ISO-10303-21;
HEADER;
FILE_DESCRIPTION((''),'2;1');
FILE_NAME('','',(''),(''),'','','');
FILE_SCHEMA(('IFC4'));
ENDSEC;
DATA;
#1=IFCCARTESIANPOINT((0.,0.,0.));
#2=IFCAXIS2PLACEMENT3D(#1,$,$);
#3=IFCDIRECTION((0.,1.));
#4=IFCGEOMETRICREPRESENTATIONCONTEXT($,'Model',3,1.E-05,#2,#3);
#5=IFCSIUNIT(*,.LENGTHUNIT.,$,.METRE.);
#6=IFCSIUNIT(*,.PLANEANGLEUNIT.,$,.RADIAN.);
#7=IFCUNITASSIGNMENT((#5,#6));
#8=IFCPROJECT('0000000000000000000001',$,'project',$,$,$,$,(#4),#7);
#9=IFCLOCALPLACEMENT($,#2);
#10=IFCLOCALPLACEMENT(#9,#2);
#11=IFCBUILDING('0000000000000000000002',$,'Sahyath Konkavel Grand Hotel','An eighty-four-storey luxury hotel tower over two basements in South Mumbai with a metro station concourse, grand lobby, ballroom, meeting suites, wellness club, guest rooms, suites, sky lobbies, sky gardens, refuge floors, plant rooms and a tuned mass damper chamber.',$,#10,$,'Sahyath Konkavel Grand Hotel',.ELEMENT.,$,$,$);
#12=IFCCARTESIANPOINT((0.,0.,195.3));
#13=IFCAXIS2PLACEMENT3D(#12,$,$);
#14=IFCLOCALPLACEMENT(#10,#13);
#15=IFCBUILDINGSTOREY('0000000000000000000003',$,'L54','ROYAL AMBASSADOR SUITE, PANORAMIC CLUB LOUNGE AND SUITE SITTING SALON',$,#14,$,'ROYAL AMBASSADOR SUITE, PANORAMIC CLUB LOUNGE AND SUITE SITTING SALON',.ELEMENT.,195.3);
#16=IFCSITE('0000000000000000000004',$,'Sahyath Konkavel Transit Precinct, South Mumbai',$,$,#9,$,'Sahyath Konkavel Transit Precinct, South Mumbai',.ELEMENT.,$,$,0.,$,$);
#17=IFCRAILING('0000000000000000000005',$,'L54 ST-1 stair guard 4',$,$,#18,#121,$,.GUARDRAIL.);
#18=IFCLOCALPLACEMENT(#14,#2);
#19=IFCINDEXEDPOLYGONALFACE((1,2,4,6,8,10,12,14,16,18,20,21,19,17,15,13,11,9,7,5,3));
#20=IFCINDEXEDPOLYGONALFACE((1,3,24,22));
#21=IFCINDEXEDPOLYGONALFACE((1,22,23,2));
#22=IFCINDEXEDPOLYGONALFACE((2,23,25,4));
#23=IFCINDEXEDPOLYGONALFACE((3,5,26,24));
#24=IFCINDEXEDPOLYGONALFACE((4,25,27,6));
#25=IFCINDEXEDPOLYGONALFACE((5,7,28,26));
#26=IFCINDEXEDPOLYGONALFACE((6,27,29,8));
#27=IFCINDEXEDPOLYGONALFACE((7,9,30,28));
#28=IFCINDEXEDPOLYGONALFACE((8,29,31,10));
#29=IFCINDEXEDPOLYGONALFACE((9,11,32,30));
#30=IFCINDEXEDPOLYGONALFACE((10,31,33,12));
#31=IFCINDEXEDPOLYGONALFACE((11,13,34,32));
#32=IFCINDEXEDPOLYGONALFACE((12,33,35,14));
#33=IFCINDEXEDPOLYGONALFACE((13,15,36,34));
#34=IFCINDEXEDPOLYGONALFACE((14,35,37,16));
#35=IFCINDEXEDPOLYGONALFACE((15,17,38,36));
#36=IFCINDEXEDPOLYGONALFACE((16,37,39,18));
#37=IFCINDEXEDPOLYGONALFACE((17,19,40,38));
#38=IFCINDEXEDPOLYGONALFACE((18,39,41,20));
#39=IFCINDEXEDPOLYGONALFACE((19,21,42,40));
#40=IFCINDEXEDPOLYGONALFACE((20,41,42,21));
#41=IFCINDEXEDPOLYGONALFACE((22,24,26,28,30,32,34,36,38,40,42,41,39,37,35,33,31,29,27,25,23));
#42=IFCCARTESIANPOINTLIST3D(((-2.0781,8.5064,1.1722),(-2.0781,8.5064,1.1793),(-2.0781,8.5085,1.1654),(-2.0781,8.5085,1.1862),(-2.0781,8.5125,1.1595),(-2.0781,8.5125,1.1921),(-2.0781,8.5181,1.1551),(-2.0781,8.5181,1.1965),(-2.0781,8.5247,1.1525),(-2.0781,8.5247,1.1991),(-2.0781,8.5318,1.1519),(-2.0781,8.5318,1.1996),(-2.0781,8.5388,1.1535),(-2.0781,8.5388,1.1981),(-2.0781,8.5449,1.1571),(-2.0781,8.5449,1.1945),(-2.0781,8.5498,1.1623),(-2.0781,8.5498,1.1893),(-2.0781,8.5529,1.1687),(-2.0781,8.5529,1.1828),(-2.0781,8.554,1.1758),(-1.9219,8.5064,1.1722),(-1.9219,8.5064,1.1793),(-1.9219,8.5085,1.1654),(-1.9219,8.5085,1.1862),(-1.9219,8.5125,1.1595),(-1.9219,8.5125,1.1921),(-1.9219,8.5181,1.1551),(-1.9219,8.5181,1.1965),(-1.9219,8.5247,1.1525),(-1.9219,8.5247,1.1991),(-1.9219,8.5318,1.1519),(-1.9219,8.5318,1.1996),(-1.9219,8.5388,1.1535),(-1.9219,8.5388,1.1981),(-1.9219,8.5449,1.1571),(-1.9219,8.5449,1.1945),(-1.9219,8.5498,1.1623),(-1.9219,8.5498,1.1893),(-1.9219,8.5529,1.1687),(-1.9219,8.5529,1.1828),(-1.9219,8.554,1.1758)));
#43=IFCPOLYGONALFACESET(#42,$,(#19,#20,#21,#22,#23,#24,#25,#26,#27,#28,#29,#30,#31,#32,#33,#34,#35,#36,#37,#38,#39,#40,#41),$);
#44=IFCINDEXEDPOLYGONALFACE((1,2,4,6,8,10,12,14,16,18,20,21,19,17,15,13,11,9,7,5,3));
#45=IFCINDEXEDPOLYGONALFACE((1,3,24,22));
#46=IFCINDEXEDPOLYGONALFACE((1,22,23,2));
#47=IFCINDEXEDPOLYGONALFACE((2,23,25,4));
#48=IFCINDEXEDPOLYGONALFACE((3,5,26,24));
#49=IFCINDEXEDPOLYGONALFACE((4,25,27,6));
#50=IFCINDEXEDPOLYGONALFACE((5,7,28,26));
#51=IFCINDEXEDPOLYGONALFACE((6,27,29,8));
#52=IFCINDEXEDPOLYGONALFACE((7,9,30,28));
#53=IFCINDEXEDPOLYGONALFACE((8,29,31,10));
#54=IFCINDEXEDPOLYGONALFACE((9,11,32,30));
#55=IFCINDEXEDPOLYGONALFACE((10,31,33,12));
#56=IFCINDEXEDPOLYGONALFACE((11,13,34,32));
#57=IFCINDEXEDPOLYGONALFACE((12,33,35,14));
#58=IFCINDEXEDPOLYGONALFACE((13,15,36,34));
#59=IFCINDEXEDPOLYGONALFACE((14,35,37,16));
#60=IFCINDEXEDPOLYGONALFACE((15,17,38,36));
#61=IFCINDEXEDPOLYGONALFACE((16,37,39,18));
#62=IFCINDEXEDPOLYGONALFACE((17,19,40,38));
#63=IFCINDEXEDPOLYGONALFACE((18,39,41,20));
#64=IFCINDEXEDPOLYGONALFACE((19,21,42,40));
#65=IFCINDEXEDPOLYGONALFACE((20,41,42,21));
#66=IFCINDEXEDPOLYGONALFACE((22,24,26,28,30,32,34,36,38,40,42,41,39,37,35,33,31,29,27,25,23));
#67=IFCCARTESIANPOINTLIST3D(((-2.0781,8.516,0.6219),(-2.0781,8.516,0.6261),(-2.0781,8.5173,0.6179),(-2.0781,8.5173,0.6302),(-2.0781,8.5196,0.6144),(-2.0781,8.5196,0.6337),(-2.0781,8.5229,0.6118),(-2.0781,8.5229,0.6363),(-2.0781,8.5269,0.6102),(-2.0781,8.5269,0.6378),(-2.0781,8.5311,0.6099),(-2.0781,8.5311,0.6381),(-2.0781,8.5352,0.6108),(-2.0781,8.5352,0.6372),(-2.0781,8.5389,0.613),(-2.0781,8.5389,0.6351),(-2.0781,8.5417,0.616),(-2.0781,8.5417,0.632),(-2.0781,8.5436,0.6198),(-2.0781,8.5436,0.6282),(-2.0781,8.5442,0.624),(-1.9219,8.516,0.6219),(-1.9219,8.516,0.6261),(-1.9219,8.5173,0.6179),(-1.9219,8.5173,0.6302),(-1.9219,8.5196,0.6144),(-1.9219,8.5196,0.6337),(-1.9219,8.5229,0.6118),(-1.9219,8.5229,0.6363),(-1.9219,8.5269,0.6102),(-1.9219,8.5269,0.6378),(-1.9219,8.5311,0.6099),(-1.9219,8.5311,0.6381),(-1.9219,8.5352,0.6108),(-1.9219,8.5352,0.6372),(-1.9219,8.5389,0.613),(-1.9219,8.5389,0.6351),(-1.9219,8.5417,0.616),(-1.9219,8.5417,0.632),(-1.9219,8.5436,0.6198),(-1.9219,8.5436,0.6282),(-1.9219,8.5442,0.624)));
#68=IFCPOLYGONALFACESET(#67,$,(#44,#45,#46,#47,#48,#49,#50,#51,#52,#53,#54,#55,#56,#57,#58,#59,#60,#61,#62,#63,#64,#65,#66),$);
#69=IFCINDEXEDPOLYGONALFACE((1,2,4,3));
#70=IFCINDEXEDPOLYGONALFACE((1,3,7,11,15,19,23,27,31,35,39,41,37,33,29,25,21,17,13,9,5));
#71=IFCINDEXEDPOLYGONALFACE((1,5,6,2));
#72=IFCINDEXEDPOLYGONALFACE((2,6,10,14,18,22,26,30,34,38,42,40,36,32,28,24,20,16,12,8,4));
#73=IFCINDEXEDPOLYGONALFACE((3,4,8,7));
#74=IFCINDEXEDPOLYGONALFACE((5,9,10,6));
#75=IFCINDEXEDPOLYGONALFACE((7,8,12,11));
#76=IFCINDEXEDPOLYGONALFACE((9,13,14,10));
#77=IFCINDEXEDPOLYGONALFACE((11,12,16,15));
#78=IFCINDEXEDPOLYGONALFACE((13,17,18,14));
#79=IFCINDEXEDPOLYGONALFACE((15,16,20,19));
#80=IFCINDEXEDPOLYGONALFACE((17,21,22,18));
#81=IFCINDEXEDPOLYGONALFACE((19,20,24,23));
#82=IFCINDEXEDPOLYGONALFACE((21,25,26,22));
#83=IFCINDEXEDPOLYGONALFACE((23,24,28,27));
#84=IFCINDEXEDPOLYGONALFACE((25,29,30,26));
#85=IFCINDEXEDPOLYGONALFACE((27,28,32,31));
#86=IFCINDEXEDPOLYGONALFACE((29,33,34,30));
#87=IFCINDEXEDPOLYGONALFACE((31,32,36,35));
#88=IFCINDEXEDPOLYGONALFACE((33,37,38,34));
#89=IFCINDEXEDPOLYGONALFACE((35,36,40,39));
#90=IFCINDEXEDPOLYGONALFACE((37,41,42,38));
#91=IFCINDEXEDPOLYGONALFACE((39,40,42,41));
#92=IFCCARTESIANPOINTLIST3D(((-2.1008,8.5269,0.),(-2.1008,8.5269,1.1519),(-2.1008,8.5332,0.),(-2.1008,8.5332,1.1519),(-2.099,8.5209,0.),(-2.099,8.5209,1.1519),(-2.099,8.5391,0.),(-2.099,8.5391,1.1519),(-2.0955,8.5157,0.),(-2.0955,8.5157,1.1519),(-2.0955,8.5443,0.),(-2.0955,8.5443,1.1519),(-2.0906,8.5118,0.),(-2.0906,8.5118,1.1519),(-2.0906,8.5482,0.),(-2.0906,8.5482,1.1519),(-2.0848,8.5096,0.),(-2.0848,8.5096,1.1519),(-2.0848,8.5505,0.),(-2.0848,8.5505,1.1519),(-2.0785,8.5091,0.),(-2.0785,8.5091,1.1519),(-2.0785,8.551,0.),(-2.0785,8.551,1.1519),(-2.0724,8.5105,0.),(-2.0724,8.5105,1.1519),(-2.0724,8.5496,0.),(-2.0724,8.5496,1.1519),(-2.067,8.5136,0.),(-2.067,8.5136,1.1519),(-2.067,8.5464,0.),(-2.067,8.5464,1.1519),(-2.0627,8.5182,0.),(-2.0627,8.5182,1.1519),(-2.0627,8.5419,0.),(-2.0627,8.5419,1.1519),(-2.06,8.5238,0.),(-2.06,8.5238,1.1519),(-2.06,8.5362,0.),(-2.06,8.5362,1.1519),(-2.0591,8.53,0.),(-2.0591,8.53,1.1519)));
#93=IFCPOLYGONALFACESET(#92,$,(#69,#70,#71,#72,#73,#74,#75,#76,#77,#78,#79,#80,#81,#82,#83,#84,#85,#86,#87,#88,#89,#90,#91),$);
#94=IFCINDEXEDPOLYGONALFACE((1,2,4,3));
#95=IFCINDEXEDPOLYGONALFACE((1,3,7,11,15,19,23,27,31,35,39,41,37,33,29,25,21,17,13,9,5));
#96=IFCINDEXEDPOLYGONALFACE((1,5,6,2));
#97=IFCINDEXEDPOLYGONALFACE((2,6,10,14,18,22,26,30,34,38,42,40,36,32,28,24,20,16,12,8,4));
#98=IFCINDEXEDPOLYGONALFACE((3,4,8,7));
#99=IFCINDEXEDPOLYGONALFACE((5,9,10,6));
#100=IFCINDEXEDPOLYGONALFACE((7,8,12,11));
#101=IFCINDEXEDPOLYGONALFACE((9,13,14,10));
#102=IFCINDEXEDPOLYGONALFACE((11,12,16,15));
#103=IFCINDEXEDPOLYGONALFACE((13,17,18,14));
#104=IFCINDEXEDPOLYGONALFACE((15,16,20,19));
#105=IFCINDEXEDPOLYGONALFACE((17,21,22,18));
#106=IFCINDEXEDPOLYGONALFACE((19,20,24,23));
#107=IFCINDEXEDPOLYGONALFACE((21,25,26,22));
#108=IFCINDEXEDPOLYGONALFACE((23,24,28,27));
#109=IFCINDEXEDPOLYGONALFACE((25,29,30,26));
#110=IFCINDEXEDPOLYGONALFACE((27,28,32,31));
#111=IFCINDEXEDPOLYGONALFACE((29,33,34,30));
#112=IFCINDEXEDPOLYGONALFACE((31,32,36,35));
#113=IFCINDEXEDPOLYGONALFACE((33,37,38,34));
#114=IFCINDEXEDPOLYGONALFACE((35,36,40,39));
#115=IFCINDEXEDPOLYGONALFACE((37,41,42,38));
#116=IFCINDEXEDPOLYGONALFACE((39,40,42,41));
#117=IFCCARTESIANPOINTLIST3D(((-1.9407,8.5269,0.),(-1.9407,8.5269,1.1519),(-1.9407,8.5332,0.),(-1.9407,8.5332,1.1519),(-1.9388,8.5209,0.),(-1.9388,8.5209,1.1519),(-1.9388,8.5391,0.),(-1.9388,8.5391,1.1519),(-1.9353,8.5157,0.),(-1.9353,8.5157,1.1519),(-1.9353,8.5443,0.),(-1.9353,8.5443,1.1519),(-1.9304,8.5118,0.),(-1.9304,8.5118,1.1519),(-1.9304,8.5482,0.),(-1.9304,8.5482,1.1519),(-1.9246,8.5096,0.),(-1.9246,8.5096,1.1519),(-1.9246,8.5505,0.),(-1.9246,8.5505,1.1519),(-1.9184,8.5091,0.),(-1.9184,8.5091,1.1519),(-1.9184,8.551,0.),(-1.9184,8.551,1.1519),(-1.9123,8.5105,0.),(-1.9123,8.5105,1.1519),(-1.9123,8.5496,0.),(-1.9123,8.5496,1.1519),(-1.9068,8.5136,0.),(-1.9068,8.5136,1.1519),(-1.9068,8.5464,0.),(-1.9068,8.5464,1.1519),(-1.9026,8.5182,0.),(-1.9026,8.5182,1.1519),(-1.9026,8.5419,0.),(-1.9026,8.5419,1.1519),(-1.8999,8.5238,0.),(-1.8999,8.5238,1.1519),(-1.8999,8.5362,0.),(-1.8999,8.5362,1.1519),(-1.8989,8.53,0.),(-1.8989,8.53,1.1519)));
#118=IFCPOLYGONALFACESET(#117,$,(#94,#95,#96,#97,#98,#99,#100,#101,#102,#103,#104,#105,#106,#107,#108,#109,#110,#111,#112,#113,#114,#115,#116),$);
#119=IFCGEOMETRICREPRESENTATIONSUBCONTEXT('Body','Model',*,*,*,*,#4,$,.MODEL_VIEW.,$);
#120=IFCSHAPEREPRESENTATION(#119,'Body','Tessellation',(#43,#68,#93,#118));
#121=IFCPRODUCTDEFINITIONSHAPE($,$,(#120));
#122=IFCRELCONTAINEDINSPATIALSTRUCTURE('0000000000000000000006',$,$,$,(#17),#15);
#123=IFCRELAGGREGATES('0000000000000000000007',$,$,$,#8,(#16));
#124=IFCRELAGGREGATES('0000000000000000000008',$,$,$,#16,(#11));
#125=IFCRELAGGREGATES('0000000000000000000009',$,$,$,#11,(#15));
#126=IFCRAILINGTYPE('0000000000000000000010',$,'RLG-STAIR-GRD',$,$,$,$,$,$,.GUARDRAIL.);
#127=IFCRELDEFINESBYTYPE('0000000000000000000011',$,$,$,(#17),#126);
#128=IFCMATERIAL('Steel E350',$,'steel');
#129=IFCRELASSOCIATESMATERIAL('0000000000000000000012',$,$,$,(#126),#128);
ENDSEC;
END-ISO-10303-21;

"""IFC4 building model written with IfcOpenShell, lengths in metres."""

from ifc_helpers import new_model, si_unit, direction, frame, origin, origin_2d, place, context, subcontext, project, spatial, circle, extrude, material, type_object, element, save


model = new_model("IFC4")

# Units and contexts
model_context = context("Model", 3, precision=1e-05, world=origin(), true_north=direction((0.0, 1.0)))
body_context = subcontext(model_context, "Body", "Model", "MODEL_VIEW")
ifc_project = project(units=[si_unit("LENGTHUNIT", "METRE"), si_unit("PLANEANGLEUNIT", "RADIAN")], contexts=[model_context])

# Site, building, storey
site_placement = place(None, origin())
site = spatial("IfcSite", under=ifc_project, at=site_placement, Name="Sahyath Konkavel Transit Precinct, South Mumbai", LongName="Sahyath Konkavel Transit Precinct, South Mumbai", CompositionType="ELEMENT", RefElevation=0.0)
building_placement = place(site_placement, origin())
building = spatial("IfcBuilding", under=site, at=building_placement, Name="Sahyath Konkavel Grand Hotel", Description="An eighty-four-storey luxury hotel tower over two basements in South Mumbai with a metro station concourse, grand lobby, ballroom, meeting suites, wellness club, guest rooms, suites, sky lobbies, sky gardens, refuge floors, plant rooms and a tuned mass damper chamber.", LongName="Sahyath Konkavel Grand Hotel", CompositionType="ELEMENT")
storey_placement = place(building_placement, frame((0.0, 0.0, 195.3)))
storey = spatial("IfcBuildingStorey", under=building, at=storey_placement, Name="L54", Description="ROYAL AMBASSADOR SUITE, PANORAMIC CLUB LOUNGE AND SUITE SITTING SALON", LongName="ROYAL AMBASSADOR SUITE, PANORAMIC CLUB LOUNGE AND SUITE SITTING SALON", CompositionType="ELEMENT", Elevation=195.3)

# Shared definitions
ifc_material_1 = material(Name="Steel E350", Category="steel")

# Railing
railing_type_1 = type_object("IfcRailingType", Name="RLG-STAIR-GRD", PredefinedType="GUARDRAIL", material=ifc_material_1)
railing_1_placement = place(storey_placement, frame((-2.0801, 8.53, 0.0)))
element("IfcRailing", 1, at=railing_1_placement, inside=storey, type_object=railing_type_1, Name="L54 ST-1 stair guard 4", PredefinedType="GUARDRAIL", context=body_context, shape_type="SweptSolid", body=[
    extrude(circle(Radius=0.0239, at=origin_2d()), frame((0.002, 0.0, 1.1758), z_axis=(1.0, 0.0, 0.0), x_axis=(0.0, 1.0, 0.0)), (0.0, 0.0, 1.0), 0.1562),
    extrude(circle(Radius=0.0142, at=origin_2d()), frame((0.002, 0.0, 0.624), z_axis=(1.0, 0.0, 0.0), x_axis=(0.0, 1.0, 0.0)), (0.0, 0.0, 1.0), 0.1562),
    extrude(circle(Radius=0.021, at=origin_2d()), origin(), (0.0, 0.0, 1.0), 1.1519),
    extrude(circle(Radius=0.021, at=origin_2d()), frame((0.1602, 0.0, 0.0)), (0.0, 0.0, 1.0), 1.1519),
])

save(model, "model.ifc")
